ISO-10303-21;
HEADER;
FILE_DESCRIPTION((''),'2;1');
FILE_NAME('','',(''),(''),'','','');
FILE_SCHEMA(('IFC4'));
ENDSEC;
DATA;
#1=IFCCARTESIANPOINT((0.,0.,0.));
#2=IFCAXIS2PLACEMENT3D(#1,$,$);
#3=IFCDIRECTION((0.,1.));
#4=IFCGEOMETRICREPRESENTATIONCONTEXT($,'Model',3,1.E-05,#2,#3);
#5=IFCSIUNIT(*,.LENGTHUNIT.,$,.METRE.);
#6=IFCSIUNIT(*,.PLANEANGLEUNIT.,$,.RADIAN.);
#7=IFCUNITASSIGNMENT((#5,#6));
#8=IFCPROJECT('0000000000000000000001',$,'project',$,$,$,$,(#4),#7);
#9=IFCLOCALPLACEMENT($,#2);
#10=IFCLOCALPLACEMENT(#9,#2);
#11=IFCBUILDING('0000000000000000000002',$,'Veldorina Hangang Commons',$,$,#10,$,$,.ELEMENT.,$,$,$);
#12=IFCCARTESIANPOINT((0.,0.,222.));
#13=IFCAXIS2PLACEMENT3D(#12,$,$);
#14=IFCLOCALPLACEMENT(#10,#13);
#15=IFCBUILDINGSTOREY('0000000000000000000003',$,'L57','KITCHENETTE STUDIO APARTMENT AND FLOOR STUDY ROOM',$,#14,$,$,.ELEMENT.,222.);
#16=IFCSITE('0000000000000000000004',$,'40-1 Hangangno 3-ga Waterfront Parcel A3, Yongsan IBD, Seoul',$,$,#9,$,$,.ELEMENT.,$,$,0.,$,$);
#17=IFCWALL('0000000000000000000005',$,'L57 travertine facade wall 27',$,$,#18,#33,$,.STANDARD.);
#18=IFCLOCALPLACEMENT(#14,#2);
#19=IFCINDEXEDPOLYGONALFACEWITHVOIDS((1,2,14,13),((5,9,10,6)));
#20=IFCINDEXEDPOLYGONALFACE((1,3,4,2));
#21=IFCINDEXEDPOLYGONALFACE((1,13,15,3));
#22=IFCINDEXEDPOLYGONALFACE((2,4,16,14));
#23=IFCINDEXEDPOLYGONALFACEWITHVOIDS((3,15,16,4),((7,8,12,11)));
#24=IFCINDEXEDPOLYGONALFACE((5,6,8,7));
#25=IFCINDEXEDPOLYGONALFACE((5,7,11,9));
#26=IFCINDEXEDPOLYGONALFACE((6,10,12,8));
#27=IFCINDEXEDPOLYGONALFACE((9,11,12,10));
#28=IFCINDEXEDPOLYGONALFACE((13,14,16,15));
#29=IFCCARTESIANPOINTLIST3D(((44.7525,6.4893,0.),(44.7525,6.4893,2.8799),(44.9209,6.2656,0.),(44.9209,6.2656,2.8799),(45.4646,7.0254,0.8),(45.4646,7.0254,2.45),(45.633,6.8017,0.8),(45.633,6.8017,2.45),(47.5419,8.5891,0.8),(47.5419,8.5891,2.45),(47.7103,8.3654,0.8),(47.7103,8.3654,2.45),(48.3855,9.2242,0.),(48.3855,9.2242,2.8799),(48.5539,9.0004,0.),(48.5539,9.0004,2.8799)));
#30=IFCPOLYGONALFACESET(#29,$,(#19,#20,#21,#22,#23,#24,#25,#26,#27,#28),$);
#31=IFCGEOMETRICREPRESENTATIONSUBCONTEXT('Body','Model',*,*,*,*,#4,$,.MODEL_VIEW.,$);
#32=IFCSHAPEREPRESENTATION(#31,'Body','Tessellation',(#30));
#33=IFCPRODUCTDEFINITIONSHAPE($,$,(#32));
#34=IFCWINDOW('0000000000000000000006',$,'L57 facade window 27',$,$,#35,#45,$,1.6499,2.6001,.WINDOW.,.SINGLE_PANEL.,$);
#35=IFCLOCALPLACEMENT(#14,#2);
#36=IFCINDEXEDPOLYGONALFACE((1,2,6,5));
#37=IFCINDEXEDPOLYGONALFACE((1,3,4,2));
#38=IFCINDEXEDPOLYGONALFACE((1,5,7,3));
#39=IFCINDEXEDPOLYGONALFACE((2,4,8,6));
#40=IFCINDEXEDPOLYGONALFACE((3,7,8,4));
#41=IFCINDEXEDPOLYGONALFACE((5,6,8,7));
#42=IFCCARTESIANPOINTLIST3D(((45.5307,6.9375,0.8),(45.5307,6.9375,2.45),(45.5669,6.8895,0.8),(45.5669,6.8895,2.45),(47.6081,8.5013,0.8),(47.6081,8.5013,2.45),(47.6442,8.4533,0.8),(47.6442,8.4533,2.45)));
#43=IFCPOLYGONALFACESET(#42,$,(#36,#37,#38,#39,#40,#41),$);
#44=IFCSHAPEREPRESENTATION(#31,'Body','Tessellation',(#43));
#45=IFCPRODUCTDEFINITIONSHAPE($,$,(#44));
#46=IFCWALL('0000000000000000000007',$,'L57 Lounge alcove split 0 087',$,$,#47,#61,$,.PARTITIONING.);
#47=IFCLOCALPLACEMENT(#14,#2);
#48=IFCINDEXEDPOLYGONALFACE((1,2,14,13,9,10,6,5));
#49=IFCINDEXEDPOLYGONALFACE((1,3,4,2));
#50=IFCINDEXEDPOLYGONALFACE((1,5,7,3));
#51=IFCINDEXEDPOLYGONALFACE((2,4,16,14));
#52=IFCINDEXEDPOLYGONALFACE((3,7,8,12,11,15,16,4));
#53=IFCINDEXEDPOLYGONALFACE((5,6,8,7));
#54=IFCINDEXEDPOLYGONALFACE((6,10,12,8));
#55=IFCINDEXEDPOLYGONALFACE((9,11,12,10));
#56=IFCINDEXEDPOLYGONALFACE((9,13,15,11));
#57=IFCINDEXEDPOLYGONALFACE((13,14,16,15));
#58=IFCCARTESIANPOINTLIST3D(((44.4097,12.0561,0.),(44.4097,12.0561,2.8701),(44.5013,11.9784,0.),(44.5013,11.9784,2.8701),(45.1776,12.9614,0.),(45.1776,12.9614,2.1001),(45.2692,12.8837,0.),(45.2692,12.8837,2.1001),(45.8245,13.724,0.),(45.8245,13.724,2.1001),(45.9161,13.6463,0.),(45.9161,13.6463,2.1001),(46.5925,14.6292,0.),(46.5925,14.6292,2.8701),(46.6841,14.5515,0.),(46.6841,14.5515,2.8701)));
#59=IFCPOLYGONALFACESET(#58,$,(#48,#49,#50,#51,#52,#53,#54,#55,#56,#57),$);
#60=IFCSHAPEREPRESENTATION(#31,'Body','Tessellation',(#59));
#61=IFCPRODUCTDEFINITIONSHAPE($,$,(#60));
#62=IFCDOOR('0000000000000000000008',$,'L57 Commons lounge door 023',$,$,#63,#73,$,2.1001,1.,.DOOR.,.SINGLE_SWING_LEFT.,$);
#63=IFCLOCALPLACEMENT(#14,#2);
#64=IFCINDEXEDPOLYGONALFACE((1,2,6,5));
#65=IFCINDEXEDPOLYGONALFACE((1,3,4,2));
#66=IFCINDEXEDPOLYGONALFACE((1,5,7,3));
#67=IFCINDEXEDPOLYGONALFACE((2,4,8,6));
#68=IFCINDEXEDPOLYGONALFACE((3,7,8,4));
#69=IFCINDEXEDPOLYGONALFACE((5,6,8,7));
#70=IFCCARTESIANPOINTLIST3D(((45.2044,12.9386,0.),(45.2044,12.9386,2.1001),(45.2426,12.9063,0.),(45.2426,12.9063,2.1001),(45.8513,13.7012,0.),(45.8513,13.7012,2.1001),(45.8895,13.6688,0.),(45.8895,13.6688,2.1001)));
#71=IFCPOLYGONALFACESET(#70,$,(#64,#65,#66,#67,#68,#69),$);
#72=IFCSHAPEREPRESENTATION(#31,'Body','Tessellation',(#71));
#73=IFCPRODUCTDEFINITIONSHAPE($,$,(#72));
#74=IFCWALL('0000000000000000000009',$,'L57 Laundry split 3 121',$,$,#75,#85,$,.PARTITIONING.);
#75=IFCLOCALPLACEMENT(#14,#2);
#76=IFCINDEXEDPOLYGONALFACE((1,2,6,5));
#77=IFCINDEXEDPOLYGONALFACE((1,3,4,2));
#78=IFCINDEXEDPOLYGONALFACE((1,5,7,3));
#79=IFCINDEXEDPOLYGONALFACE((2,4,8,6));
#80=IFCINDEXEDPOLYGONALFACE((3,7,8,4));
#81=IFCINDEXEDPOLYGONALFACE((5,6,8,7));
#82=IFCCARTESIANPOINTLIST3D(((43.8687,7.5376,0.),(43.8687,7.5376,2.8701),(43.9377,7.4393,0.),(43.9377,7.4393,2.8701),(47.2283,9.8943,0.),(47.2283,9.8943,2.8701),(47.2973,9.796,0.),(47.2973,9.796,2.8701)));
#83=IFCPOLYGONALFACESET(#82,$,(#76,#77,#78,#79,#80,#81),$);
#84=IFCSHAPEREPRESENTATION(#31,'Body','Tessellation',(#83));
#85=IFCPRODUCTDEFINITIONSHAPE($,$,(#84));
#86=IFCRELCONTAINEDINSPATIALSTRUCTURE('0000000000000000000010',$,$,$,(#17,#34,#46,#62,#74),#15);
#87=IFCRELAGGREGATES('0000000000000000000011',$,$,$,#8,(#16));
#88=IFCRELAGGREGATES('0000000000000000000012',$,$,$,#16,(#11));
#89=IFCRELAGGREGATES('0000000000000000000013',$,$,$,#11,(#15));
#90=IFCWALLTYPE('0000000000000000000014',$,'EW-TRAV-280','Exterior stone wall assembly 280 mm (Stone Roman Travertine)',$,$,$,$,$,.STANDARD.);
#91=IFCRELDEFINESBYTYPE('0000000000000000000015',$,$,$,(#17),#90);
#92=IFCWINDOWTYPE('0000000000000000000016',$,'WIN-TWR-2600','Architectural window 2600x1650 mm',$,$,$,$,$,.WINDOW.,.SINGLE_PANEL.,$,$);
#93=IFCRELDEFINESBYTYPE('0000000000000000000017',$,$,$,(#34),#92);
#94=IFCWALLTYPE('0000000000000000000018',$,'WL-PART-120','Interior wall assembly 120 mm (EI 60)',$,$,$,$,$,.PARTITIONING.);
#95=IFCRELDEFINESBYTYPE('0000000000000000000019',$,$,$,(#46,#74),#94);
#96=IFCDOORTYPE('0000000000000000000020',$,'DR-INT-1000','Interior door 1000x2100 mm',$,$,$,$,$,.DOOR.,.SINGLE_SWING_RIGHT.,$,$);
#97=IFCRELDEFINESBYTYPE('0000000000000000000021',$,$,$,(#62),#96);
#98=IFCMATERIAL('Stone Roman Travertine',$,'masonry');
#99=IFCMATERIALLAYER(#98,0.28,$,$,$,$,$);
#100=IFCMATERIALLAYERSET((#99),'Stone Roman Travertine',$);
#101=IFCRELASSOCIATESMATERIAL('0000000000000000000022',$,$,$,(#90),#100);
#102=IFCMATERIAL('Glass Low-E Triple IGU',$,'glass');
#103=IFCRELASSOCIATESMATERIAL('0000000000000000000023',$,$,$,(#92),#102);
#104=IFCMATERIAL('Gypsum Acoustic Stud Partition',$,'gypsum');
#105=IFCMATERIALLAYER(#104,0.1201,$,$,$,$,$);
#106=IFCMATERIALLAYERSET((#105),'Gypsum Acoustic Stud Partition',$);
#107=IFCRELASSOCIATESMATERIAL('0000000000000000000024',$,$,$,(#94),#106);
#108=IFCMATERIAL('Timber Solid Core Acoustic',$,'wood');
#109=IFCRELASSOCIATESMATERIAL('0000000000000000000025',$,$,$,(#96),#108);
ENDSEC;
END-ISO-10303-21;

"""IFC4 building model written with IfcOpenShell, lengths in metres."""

from ifc_helpers import new_model, si_unit, direction, frame, frame_2d, origin, place, context, subcontext, project, spatial, rectangle, extrude, material, layer, layer_set, type_object, element, fill, save


model = new_model("IFC4")

# Units and contexts
model_context = context("Model", 3, precision=1e-05, world=origin(), true_north=direction((0.0, 1.0)))
body_context = subcontext(model_context, "Body", "Model", "MODEL_VIEW")
ifc_project = project(units=[si_unit("LENGTHUNIT", "METRE"), si_unit("PLANEANGLEUNIT", "RADIAN")], contexts=[model_context])

# Site, building, storey
site_placement = place(None, origin())
site = spatial("IfcSite", under=ifc_project, at=site_placement, Name="40-1 Hangangno 3-ga Waterfront Parcel A3, Yongsan IBD, Seoul", CompositionType="ELEMENT", RefElevation=0.0)
building_placement = place(site_placement, origin())
building = spatial("IfcBuilding", under=site, at=building_placement, Name="Veldorina Hangang Commons", CompositionType="ELEMENT")
storey_placement = place(building_placement, frame((0.0, 0.0, 222.0)))
storey = spatial("IfcBuildingStorey", under=building, at=storey_placement, Name="L57", Description="KITCHENETTE STUDIO APARTMENT AND FLOOR STUDY ROOM", CompositionType="ELEMENT", Elevation=222.0)

# Shared definitions
ifc_material_1 = material(Name="Glass Low-E Triple IGU", Category="glass")

# Shared definitions
ifc_material_2 = material(Name="Stone Roman Travertine", Category="masonry")

# Wall, opening, window
ifc_layer_1 = layer(ifc_material_2, 0.28)
ifc_layer_set_1 = layer_set([ifc_layer_1], Name="Stone Roman Travertine")
wall_type_1 = type_object("IfcWallType", Name="EW-TRAV-280", Description="Exterior stone wall assembly 280 mm (Stone Roman Travertine)", PredefinedType="STANDARD", material=ifc_layer_set_1)
wall_1_placement = place(storey_placement, frame((44.8367, 6.3774, 0.0), z_axis=(0.0, 0.0, 1.0), x_axis=(0.798936, 0.601416, 0.0)))
wall_1 = element("IfcWall", 1, at=wall_1_placement, inside=storey, type_object=wall_type_1, Name="L57 travertine facade wall 27", PredefinedType="STANDARD", context=body_context, shape_type="SweptSolid", body=[
    extrude(rectangle(XDim=4.5474, YDim=0.28, at=frame_2d((2.2737, 0.0))), origin(), (0.0, 0.0, 1.0), 2.8799),
])
opening_1_placement = place(wall_1_placement, frame((0.8914, 0.0, 0.8)))
opening_1 = element("IfcOpeningElement", 2, at=opening_1_placement, cuts=wall_1, PredefinedType="OPENING", context=body_context, shape_type="SweptSolid", body=[
    extrude(rectangle(XDim=2.6001, YDim=1.6499, at=frame_2d((1.3, 0.825))), frame((0.0, 0.1499, 0.0), z_axis=(0.0, -1.0, 0.0), x_axis=(1.0, 0.0, 0.0)), (0.0, 0.0, 1.0), 0.3),
])
window_type = type_object("IfcWindowType", Name="WIN-TWR-2600", Description="Architectural window 2600x1650 mm", PartitioningType="SINGLE_PANEL", PredefinedType="WINDOW", material=ifc_material_1)
window_placement = place(opening_1_placement, origin())
window = element("IfcWindow", 3, at=window_placement, inside=storey, type_object=window_type, Name="L57 facade window 27", OverallHeight=1.6499, OverallWidth=2.6001, PartitioningType="SINGLE_PANEL", PredefinedType="WINDOW", context=body_context, shape_type="SweptSolid", body=[
    extrude(rectangle(XDim=2.6001, YDim=1.6499, at=frame_2d((1.3, 0.825))), frame((0.0, 0.03, 0.0), z_axis=(0.0, -1.0, 0.0), x_axis=(1.0, 0.0, 0.0)), (0.0, 0.0, 1.0), 0.0601),
])
fill(opening_1, window)

# Wall, opening, door
ifc_material_3 = material(Name="Gypsum Acoustic Stud Partition", Category="gypsum")
ifc_layer_2 = layer(ifc_material_3, 0.1201)
ifc_layer_set_2 = layer_set([ifc_layer_2], Name="Gypsum Acoustic Stud Partition")
wall_type_2 = type_object("IfcWallType", Name="WL-PART-120", Description="Interior wall assembly 120 mm (EI 60)", PredefinedType="PARTITIONING", material=ifc_layer_set_2)
wall_2_placement = place(storey_placement, frame((44.4556, 12.0173, 0.0), z_axis=(0.0, 0.0, 1.0), x_axis=(0.646892, 0.762582, 0.0)))
wall_2 = element("IfcWall", 4, at=wall_2_placement, inside=storey, type_object=wall_type_2, Name="L57 Lounge alcove split 0 087", PredefinedType="PARTITIONING", context=body_context, shape_type="SweptSolid", body=[
    extrude(rectangle(XDim=3.3743, YDim=0.1201, at=frame_2d((1.687, 0.0))), origin(), (0.0, 0.0, 1.0), 2.8701),
])
opening_2_placement = place(wall_2_placement, frame((1.187, 0.0, 0.0)))
opening_2 = element("IfcOpeningElement", 5, at=opening_2_placement, cuts=wall_2, PredefinedType="OPENING", context=body_context, shape_type="SweptSolid", body=[
    extrude(rectangle(XDim=1.0, YDim=2.1001, at=frame_2d((0.5, 1.05))), frame((0.0, 0.0701, 0.0), z_axis=(0.0, -1.0, 0.0), x_axis=(1.0, 0.0, 0.0)), (0.0, 0.0, 1.0), 0.1401),
])
ifc_material_4 = material(Name="Timber Solid Core Acoustic", Category="wood")
door_type = type_object("IfcDoorType", Name="DR-INT-1000", Description="Interior door 1000x2100 mm", OperationType="SINGLE_SWING_RIGHT", PredefinedType="DOOR", material=ifc_material_4)
door_placement = place(opening_2_placement, origin())
door = element("IfcDoor", 6, at=door_placement, inside=storey, type_object=door_type, Name="L57 Commons lounge door 023", OperationType="SINGLE_SWING_LEFT", OverallHeight=2.1001, OverallWidth=1.0, PredefinedType="DOOR", context=body_context, shape_type="SweptSolid", body=[
    extrude(rectangle(XDim=1.0, YDim=2.1001, at=frame_2d((0.5, 1.05))), frame((0.0, 0.0249, 0.0), z_axis=(0.0, -1.0, 0.0), x_axis=(1.0, 0.0, 0.0)), (0.0, 0.0, 1.0), 0.05),
])
fill(opening_2, door)

# Wall
wall_3_placement = place(storey_placement, frame((43.9033, 7.4885, 0.0), z_axis=(0.0, 0.0, 1.0), x_axis=(0.818664, 0.574273, 0.0)))
element("IfcWall", 7, at=wall_3_placement, inside=storey, type_object=wall_type_2, Name="L57 Laundry split 3 121", PredefinedType="PARTITIONING", context=body_context, shape_type="SweptSolid", body=[
    extrude(rectangle(XDim=4.1038, YDim=0.1201, at=frame_2d((2.0518, 0.0))), origin(), (0.0, 0.0, 1.0), 2.8701),
])

save(model, "model.ifc")
